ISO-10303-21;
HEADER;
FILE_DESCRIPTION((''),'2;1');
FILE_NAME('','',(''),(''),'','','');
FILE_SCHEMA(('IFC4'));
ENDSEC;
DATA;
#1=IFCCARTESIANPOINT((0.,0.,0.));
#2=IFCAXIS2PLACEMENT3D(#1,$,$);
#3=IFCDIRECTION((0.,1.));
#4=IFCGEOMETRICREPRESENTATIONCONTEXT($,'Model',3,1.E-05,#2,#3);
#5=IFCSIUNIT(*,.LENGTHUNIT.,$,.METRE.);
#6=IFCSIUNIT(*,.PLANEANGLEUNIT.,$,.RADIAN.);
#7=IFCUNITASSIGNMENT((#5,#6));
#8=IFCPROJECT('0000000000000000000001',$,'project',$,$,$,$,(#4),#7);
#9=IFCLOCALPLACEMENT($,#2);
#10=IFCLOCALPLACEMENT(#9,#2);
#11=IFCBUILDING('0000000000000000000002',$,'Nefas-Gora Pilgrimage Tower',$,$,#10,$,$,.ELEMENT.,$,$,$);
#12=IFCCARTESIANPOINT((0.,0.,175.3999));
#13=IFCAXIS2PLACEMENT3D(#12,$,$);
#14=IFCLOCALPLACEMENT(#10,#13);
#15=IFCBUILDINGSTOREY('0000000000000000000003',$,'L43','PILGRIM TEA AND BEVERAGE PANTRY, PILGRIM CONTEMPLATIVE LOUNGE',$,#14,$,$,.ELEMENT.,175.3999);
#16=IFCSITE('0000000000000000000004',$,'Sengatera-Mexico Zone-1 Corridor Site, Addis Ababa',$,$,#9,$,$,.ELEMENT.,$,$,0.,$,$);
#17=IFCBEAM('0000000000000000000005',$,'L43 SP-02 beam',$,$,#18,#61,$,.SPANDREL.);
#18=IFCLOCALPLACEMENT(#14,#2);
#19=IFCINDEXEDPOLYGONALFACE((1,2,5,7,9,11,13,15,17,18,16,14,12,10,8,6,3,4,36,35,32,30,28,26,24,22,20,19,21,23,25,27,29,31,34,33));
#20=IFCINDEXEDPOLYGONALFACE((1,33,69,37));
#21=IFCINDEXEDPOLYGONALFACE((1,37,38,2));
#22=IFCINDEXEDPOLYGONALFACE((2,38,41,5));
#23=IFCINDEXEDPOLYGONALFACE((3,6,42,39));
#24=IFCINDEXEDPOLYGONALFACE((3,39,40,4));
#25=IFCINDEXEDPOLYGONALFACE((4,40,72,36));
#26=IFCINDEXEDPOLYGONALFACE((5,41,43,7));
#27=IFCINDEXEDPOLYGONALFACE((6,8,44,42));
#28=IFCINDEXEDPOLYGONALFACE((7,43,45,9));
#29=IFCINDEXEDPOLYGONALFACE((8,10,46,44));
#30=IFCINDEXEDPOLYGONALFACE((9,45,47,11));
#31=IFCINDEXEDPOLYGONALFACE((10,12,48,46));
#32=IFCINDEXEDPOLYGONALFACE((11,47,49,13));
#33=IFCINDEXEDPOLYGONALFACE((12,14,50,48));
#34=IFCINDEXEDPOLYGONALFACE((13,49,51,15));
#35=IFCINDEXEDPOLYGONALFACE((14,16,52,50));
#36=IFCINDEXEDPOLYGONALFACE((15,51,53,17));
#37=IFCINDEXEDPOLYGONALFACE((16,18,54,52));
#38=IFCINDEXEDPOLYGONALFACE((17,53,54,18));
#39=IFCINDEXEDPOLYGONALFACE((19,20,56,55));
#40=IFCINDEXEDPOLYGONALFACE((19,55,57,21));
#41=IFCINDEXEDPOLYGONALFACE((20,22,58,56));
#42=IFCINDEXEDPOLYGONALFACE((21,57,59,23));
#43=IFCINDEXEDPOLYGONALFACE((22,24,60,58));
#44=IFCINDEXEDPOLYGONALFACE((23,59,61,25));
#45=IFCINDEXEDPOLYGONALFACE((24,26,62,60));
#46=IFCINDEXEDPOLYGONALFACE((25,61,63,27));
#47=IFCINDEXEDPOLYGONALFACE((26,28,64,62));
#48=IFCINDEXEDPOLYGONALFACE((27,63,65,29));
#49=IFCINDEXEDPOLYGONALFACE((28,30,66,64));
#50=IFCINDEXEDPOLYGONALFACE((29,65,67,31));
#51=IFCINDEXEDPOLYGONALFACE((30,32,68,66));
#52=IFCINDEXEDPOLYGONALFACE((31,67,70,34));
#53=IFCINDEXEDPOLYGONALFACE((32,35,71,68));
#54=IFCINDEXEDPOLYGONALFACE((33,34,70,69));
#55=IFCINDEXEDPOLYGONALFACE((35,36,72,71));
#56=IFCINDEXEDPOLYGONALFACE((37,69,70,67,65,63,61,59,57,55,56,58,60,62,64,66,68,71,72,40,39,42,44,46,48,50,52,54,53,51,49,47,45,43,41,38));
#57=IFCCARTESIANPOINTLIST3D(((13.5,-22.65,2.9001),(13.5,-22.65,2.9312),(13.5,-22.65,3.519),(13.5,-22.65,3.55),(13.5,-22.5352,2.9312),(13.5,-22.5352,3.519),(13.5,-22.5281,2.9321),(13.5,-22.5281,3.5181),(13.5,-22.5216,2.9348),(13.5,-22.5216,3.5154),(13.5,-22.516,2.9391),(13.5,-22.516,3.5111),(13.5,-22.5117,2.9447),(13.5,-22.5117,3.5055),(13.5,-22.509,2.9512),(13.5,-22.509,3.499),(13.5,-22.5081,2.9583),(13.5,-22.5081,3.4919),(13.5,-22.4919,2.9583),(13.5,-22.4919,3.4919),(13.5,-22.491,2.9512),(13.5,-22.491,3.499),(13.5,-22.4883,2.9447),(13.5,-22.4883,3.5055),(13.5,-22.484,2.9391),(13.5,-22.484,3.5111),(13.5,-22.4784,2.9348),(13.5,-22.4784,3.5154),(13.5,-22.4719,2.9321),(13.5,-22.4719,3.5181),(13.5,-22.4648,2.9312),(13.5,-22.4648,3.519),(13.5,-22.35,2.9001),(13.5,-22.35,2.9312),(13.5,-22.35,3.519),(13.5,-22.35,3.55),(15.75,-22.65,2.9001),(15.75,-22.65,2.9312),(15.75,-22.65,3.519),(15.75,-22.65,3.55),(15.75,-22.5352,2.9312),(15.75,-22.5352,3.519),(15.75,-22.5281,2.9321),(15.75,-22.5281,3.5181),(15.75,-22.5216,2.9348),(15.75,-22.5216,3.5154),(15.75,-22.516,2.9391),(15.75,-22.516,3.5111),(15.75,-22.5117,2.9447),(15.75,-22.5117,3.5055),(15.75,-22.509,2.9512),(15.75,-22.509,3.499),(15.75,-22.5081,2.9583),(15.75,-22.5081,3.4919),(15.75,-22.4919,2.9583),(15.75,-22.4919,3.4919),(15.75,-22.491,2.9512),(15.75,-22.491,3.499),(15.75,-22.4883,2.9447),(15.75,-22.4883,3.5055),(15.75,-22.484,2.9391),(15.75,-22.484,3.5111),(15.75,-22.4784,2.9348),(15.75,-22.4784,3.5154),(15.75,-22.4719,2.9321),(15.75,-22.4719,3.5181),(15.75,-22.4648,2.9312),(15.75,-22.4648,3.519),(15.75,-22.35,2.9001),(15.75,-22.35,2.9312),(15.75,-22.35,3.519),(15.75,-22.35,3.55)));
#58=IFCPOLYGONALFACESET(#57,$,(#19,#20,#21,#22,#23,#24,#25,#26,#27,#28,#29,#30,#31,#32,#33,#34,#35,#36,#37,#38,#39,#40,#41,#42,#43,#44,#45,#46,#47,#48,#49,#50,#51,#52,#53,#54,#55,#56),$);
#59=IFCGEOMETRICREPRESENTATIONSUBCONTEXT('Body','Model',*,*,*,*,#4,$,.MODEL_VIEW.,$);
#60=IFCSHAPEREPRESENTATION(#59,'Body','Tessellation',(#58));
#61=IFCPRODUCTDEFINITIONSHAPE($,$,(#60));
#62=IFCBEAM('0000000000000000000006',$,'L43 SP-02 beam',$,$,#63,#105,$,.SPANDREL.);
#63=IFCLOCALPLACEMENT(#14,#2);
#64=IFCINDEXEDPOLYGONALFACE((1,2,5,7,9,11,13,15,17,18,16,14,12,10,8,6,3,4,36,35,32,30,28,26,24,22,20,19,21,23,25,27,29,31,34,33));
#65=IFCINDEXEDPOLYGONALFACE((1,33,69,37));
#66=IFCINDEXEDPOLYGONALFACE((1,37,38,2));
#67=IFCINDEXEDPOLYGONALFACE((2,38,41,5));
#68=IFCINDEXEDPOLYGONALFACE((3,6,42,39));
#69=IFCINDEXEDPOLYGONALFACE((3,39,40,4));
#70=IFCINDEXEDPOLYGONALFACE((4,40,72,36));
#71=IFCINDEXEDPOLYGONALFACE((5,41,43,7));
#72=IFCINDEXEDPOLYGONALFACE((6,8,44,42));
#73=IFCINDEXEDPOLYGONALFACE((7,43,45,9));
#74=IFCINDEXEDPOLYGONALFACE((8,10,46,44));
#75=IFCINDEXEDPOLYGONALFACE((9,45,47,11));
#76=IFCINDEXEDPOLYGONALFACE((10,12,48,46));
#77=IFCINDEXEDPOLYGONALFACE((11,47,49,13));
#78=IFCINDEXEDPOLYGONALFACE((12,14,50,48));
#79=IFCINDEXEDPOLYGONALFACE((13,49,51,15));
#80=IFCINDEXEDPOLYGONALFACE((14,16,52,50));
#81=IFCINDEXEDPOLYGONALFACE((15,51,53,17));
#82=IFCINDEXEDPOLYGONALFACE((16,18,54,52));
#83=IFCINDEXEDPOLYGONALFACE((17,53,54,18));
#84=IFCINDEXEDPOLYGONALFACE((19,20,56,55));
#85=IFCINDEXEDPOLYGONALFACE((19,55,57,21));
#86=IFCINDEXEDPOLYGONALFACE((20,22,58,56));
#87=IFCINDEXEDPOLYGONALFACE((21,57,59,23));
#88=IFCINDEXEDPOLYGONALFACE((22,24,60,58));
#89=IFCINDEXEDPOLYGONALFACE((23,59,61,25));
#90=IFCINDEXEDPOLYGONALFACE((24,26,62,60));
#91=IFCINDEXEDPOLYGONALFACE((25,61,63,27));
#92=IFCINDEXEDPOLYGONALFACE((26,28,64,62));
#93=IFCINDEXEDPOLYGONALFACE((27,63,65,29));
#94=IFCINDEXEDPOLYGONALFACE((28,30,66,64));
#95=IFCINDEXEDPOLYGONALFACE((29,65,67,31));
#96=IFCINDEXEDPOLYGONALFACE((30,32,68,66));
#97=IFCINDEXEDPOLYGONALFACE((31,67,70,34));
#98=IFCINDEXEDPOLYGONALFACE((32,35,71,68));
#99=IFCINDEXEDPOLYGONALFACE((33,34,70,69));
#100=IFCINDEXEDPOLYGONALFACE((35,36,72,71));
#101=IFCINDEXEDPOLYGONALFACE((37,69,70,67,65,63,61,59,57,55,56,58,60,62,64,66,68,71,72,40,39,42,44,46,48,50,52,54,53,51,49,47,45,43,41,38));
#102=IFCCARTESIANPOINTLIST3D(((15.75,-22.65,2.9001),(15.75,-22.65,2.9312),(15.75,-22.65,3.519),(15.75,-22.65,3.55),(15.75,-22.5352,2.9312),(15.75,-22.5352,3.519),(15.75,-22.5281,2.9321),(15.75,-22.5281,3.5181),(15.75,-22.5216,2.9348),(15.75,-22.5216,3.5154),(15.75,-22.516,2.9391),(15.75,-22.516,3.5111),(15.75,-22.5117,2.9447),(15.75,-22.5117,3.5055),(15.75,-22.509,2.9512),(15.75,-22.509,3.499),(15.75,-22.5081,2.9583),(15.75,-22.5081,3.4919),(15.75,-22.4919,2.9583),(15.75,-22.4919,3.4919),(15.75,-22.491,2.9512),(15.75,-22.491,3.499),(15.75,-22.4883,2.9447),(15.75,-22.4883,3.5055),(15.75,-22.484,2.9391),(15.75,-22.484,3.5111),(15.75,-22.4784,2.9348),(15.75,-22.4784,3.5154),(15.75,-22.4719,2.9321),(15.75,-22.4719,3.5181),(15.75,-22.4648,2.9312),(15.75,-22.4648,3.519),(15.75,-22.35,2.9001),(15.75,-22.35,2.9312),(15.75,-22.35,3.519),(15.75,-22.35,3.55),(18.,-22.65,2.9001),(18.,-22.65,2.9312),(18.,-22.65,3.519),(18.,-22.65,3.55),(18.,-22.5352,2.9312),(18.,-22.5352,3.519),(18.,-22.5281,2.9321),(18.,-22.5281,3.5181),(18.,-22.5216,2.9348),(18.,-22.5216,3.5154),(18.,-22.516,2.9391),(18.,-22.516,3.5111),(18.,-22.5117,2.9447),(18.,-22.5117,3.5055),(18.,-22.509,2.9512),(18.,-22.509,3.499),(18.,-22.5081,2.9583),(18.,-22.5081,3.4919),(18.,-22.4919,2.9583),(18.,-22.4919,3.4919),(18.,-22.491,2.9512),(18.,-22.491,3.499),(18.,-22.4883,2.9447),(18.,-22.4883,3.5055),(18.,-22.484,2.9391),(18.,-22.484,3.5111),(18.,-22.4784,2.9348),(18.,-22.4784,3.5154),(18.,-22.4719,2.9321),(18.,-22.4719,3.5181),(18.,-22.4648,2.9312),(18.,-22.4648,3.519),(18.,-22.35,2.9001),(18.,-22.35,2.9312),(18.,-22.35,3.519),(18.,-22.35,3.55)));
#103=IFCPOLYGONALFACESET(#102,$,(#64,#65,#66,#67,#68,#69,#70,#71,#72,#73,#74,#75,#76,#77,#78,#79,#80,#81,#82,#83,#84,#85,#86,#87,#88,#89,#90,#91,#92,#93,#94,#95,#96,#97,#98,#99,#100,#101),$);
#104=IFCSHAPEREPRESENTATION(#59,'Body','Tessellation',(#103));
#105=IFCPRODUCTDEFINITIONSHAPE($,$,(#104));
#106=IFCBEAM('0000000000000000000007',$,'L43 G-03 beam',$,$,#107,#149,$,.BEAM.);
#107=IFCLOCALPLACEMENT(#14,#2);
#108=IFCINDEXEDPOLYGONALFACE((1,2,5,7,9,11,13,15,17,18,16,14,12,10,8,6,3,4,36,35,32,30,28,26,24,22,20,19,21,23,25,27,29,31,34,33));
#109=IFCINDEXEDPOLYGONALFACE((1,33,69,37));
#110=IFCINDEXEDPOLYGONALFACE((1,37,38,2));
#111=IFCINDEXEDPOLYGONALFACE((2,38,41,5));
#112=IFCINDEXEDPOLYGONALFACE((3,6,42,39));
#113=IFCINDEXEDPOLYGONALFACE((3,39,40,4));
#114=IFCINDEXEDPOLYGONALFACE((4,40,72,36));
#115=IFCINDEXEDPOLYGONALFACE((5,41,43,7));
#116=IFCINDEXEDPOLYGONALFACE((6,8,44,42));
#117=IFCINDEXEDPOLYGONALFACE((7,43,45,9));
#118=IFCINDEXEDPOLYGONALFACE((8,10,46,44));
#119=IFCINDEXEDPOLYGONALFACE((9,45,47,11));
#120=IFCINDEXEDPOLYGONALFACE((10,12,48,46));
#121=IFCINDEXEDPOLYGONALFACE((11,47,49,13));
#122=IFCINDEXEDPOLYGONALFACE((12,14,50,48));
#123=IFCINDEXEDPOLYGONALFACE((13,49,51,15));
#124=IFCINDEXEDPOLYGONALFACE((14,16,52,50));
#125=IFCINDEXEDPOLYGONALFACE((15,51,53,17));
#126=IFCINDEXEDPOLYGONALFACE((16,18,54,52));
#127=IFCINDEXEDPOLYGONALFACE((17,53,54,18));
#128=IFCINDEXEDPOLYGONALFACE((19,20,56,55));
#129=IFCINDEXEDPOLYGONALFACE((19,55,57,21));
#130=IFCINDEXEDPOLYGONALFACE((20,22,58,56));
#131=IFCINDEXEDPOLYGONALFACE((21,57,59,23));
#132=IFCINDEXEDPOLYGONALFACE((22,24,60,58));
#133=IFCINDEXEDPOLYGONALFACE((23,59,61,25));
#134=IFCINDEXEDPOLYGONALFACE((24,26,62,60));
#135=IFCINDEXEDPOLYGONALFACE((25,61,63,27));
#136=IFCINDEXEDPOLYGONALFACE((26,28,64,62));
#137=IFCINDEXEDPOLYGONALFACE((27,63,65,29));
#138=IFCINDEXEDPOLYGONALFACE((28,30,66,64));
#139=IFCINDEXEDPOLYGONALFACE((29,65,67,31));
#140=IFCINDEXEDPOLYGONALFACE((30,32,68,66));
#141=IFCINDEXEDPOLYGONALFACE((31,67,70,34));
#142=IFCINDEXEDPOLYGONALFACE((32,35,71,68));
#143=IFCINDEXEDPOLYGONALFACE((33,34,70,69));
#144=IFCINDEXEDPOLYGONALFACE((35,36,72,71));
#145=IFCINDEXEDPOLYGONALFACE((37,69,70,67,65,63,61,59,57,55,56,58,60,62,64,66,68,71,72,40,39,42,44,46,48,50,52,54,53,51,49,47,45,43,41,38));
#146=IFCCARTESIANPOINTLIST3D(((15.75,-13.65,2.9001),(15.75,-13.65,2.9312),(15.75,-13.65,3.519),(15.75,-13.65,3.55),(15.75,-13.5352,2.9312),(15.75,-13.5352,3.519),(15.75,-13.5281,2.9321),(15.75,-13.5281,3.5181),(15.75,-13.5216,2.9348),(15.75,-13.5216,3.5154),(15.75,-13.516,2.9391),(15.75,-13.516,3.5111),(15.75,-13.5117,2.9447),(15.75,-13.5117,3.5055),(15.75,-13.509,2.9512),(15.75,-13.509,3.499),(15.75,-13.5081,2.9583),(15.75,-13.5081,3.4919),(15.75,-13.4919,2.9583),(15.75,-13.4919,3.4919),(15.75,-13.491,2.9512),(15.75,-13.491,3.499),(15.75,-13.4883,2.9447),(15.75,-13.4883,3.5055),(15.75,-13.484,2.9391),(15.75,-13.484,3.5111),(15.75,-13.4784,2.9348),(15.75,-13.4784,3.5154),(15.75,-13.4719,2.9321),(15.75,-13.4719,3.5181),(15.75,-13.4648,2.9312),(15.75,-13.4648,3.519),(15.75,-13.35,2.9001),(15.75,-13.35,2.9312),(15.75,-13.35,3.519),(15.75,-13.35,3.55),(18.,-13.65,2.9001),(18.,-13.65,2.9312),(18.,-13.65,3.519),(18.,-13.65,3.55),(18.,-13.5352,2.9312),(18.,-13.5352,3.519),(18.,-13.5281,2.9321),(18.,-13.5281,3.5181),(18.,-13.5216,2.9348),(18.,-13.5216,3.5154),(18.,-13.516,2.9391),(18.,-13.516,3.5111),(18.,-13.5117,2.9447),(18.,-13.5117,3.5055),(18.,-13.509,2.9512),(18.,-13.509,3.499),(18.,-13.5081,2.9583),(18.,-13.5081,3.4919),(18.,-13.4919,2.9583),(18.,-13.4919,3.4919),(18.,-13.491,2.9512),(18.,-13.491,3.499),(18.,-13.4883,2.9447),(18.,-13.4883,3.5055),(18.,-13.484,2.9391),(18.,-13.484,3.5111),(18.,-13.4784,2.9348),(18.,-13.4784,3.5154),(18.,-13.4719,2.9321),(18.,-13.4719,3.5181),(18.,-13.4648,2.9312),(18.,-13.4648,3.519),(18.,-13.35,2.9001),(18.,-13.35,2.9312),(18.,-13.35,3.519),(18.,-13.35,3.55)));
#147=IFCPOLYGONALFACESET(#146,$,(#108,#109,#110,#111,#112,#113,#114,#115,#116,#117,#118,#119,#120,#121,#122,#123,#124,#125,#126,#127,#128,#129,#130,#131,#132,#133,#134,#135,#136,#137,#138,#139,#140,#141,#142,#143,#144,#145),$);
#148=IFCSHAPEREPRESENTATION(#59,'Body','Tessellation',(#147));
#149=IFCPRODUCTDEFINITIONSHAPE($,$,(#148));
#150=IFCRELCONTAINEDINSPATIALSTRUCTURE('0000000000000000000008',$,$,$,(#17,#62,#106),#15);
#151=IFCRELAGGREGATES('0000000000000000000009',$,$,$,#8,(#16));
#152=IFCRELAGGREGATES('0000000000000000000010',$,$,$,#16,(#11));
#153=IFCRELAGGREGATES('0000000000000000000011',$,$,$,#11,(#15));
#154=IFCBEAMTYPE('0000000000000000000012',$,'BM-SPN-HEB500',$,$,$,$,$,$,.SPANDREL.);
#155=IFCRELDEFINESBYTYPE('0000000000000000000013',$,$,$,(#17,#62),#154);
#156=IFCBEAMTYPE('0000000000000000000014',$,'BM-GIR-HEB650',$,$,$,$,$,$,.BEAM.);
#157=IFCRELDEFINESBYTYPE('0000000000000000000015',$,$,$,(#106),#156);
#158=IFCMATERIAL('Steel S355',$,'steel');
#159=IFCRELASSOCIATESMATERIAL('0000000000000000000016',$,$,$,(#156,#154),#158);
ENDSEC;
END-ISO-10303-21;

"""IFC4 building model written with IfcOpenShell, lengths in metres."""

from ifc_helpers import new_model, si_unit, direction, frame, origin, origin_2d, place, context, subcontext, project, spatial, i_section, extrude, source, transform, mapped, material, material_profile, profile_set, type_object, element, save


model = new_model("IFC4")

# Units and contexts
model_context = context("Model", 3, precision=1e-05, world=origin(), true_north=direction((0.0, 1.0)))
body_context = subcontext(model_context, "Body", "Model", "MODEL_VIEW")
ifc_project = project(units=[si_unit("LENGTHUNIT", "METRE"), si_unit("PLANEANGLEUNIT", "RADIAN")], contexts=[model_context])

# Site, building, storey
site_placement = place(None, origin())
site = spatial("IfcSite", under=ifc_project, at=site_placement, Name="Sengatera-Mexico Zone-1 Corridor Site, Addis Ababa", CompositionType="ELEMENT", RefElevation=0.0)
building_placement = place(site_placement, origin())
building = spatial("IfcBuilding", under=site, at=building_placement, Name="Nefas-Gora Pilgrimage Tower", CompositionType="ELEMENT")
storey_placement = place(building_placement, frame((0.0, 0.0, 175.3999)))
storey = spatial("IfcBuildingStorey", under=building, at=storey_placement, Name="L43", Description="PILGRIM TEA AND BEVERAGE PANTRY, PILGRIM CONTEMPLATIVE LOUNGE", CompositionType="ELEMENT", Elevation=175.3999)

# Beams
ifc_material_1 = material(Name="Steel S355", Category="steel")
ifc_material_profile_1 = material_profile(ifc_material_1, i_section(OverallWidth=0.3, OverallDepth=0.6499, WebThickness=0.0161, FlangeThickness=0.031, FilletRadius=0.0271, at=origin_2d()), Name="HEB 650")
ifc_profile_set_1 = profile_set([ifc_material_profile_1], Name="Steel S355")
beam_type_1 = type_object("IfcBeamType", Name="BM-GIR-HEB650", PredefinedType="BEAM", material=ifc_profile_set_1)
ifc_material_profile_2 = material_profile(ifc_material_1, i_section(OverallWidth=0.3, OverallDepth=0.6499, WebThickness=0.0161, FlangeThickness=0.031, FilletRadius=0.0271, at=origin_2d()), Name="HEB 650")
ifc_profile_set_2 = profile_set([ifc_material_profile_2], Name="Steel S355")
beam_type_2 = type_object("IfcBeamType", Name="BM-SPN-HEB500", PredefinedType="SPANDREL", material=ifc_profile_set_2)
shared_shape_1 = source(origin(), body_context, "Body", "SweptSolid", [
    extrude(i_section(OverallWidth=0.3, OverallDepth=0.6499, WebThickness=0.0161, FlangeThickness=0.031, FilletRadius=0.0271, at=origin_2d()), origin(), (0.0, 0.0, 1.0), 2.25),
])
for number, where, z_axis, x_axis, name in (
    (1, (13.5, -22.5, 3.2251), (1.0, 0.0, 0.0), (0.0, 1.0, 0.0), "L43 SP-02 beam"),
    (2, (15.75, -22.5, 3.2251), (1.0, 0.0, 0.0), (0.0, 1.0, 0.0), "L43 SP-02 beam"),
):
    element("IfcBeam", number, at=place(storey_placement, frame(where, z_axis=z_axis, x_axis=x_axis)), inside=storey, type_object=beam_type_2, Name=name, PredefinedType="SPANDREL", context=body_context, shape_type="MappedRepresentation", body=[
        mapped(shared_shape_1, transform((0.0, 0.0, 0.0), x_axis=(1.0, 0.0, 0.0), y_axis=(0.0, 1.0, 0.0), z_axis=(0.0, 0.0, 1.0), scale=1.0)),
    ])
shared_shape_2 = source(origin(), body_context, "Body", "SweptSolid", [
    extrude(i_section(OverallWidth=0.3, OverallDepth=0.6499, WebThickness=0.0161, FlangeThickness=0.031, FilletRadius=0.0271, at=origin_2d()), origin(), (0.0, 0.0, 1.0), 2.25),
])
beam_1_placement = place(storey_placement, frame((15.75, -13.5, 3.2251), z_axis=(1.0, 0.0, 0.0), x_axis=(0.0, 1.0, 0.0)))
element("IfcBeam", 3, at=beam_1_placement, inside=storey, type_object=beam_type_1, Name="L43 G-03 beam", PredefinedType="BEAM", context=body_context, shape_type="MappedRepresentation", body=[
    mapped(shared_shape_2, transform((0.0, 0.0, 0.0), x_axis=(1.0, 0.0, 0.0), y_axis=(0.0, 1.0, 0.0), z_axis=(0.0, 0.0, 1.0), scale=1.0)),
])

save(model, "model.ifc")
